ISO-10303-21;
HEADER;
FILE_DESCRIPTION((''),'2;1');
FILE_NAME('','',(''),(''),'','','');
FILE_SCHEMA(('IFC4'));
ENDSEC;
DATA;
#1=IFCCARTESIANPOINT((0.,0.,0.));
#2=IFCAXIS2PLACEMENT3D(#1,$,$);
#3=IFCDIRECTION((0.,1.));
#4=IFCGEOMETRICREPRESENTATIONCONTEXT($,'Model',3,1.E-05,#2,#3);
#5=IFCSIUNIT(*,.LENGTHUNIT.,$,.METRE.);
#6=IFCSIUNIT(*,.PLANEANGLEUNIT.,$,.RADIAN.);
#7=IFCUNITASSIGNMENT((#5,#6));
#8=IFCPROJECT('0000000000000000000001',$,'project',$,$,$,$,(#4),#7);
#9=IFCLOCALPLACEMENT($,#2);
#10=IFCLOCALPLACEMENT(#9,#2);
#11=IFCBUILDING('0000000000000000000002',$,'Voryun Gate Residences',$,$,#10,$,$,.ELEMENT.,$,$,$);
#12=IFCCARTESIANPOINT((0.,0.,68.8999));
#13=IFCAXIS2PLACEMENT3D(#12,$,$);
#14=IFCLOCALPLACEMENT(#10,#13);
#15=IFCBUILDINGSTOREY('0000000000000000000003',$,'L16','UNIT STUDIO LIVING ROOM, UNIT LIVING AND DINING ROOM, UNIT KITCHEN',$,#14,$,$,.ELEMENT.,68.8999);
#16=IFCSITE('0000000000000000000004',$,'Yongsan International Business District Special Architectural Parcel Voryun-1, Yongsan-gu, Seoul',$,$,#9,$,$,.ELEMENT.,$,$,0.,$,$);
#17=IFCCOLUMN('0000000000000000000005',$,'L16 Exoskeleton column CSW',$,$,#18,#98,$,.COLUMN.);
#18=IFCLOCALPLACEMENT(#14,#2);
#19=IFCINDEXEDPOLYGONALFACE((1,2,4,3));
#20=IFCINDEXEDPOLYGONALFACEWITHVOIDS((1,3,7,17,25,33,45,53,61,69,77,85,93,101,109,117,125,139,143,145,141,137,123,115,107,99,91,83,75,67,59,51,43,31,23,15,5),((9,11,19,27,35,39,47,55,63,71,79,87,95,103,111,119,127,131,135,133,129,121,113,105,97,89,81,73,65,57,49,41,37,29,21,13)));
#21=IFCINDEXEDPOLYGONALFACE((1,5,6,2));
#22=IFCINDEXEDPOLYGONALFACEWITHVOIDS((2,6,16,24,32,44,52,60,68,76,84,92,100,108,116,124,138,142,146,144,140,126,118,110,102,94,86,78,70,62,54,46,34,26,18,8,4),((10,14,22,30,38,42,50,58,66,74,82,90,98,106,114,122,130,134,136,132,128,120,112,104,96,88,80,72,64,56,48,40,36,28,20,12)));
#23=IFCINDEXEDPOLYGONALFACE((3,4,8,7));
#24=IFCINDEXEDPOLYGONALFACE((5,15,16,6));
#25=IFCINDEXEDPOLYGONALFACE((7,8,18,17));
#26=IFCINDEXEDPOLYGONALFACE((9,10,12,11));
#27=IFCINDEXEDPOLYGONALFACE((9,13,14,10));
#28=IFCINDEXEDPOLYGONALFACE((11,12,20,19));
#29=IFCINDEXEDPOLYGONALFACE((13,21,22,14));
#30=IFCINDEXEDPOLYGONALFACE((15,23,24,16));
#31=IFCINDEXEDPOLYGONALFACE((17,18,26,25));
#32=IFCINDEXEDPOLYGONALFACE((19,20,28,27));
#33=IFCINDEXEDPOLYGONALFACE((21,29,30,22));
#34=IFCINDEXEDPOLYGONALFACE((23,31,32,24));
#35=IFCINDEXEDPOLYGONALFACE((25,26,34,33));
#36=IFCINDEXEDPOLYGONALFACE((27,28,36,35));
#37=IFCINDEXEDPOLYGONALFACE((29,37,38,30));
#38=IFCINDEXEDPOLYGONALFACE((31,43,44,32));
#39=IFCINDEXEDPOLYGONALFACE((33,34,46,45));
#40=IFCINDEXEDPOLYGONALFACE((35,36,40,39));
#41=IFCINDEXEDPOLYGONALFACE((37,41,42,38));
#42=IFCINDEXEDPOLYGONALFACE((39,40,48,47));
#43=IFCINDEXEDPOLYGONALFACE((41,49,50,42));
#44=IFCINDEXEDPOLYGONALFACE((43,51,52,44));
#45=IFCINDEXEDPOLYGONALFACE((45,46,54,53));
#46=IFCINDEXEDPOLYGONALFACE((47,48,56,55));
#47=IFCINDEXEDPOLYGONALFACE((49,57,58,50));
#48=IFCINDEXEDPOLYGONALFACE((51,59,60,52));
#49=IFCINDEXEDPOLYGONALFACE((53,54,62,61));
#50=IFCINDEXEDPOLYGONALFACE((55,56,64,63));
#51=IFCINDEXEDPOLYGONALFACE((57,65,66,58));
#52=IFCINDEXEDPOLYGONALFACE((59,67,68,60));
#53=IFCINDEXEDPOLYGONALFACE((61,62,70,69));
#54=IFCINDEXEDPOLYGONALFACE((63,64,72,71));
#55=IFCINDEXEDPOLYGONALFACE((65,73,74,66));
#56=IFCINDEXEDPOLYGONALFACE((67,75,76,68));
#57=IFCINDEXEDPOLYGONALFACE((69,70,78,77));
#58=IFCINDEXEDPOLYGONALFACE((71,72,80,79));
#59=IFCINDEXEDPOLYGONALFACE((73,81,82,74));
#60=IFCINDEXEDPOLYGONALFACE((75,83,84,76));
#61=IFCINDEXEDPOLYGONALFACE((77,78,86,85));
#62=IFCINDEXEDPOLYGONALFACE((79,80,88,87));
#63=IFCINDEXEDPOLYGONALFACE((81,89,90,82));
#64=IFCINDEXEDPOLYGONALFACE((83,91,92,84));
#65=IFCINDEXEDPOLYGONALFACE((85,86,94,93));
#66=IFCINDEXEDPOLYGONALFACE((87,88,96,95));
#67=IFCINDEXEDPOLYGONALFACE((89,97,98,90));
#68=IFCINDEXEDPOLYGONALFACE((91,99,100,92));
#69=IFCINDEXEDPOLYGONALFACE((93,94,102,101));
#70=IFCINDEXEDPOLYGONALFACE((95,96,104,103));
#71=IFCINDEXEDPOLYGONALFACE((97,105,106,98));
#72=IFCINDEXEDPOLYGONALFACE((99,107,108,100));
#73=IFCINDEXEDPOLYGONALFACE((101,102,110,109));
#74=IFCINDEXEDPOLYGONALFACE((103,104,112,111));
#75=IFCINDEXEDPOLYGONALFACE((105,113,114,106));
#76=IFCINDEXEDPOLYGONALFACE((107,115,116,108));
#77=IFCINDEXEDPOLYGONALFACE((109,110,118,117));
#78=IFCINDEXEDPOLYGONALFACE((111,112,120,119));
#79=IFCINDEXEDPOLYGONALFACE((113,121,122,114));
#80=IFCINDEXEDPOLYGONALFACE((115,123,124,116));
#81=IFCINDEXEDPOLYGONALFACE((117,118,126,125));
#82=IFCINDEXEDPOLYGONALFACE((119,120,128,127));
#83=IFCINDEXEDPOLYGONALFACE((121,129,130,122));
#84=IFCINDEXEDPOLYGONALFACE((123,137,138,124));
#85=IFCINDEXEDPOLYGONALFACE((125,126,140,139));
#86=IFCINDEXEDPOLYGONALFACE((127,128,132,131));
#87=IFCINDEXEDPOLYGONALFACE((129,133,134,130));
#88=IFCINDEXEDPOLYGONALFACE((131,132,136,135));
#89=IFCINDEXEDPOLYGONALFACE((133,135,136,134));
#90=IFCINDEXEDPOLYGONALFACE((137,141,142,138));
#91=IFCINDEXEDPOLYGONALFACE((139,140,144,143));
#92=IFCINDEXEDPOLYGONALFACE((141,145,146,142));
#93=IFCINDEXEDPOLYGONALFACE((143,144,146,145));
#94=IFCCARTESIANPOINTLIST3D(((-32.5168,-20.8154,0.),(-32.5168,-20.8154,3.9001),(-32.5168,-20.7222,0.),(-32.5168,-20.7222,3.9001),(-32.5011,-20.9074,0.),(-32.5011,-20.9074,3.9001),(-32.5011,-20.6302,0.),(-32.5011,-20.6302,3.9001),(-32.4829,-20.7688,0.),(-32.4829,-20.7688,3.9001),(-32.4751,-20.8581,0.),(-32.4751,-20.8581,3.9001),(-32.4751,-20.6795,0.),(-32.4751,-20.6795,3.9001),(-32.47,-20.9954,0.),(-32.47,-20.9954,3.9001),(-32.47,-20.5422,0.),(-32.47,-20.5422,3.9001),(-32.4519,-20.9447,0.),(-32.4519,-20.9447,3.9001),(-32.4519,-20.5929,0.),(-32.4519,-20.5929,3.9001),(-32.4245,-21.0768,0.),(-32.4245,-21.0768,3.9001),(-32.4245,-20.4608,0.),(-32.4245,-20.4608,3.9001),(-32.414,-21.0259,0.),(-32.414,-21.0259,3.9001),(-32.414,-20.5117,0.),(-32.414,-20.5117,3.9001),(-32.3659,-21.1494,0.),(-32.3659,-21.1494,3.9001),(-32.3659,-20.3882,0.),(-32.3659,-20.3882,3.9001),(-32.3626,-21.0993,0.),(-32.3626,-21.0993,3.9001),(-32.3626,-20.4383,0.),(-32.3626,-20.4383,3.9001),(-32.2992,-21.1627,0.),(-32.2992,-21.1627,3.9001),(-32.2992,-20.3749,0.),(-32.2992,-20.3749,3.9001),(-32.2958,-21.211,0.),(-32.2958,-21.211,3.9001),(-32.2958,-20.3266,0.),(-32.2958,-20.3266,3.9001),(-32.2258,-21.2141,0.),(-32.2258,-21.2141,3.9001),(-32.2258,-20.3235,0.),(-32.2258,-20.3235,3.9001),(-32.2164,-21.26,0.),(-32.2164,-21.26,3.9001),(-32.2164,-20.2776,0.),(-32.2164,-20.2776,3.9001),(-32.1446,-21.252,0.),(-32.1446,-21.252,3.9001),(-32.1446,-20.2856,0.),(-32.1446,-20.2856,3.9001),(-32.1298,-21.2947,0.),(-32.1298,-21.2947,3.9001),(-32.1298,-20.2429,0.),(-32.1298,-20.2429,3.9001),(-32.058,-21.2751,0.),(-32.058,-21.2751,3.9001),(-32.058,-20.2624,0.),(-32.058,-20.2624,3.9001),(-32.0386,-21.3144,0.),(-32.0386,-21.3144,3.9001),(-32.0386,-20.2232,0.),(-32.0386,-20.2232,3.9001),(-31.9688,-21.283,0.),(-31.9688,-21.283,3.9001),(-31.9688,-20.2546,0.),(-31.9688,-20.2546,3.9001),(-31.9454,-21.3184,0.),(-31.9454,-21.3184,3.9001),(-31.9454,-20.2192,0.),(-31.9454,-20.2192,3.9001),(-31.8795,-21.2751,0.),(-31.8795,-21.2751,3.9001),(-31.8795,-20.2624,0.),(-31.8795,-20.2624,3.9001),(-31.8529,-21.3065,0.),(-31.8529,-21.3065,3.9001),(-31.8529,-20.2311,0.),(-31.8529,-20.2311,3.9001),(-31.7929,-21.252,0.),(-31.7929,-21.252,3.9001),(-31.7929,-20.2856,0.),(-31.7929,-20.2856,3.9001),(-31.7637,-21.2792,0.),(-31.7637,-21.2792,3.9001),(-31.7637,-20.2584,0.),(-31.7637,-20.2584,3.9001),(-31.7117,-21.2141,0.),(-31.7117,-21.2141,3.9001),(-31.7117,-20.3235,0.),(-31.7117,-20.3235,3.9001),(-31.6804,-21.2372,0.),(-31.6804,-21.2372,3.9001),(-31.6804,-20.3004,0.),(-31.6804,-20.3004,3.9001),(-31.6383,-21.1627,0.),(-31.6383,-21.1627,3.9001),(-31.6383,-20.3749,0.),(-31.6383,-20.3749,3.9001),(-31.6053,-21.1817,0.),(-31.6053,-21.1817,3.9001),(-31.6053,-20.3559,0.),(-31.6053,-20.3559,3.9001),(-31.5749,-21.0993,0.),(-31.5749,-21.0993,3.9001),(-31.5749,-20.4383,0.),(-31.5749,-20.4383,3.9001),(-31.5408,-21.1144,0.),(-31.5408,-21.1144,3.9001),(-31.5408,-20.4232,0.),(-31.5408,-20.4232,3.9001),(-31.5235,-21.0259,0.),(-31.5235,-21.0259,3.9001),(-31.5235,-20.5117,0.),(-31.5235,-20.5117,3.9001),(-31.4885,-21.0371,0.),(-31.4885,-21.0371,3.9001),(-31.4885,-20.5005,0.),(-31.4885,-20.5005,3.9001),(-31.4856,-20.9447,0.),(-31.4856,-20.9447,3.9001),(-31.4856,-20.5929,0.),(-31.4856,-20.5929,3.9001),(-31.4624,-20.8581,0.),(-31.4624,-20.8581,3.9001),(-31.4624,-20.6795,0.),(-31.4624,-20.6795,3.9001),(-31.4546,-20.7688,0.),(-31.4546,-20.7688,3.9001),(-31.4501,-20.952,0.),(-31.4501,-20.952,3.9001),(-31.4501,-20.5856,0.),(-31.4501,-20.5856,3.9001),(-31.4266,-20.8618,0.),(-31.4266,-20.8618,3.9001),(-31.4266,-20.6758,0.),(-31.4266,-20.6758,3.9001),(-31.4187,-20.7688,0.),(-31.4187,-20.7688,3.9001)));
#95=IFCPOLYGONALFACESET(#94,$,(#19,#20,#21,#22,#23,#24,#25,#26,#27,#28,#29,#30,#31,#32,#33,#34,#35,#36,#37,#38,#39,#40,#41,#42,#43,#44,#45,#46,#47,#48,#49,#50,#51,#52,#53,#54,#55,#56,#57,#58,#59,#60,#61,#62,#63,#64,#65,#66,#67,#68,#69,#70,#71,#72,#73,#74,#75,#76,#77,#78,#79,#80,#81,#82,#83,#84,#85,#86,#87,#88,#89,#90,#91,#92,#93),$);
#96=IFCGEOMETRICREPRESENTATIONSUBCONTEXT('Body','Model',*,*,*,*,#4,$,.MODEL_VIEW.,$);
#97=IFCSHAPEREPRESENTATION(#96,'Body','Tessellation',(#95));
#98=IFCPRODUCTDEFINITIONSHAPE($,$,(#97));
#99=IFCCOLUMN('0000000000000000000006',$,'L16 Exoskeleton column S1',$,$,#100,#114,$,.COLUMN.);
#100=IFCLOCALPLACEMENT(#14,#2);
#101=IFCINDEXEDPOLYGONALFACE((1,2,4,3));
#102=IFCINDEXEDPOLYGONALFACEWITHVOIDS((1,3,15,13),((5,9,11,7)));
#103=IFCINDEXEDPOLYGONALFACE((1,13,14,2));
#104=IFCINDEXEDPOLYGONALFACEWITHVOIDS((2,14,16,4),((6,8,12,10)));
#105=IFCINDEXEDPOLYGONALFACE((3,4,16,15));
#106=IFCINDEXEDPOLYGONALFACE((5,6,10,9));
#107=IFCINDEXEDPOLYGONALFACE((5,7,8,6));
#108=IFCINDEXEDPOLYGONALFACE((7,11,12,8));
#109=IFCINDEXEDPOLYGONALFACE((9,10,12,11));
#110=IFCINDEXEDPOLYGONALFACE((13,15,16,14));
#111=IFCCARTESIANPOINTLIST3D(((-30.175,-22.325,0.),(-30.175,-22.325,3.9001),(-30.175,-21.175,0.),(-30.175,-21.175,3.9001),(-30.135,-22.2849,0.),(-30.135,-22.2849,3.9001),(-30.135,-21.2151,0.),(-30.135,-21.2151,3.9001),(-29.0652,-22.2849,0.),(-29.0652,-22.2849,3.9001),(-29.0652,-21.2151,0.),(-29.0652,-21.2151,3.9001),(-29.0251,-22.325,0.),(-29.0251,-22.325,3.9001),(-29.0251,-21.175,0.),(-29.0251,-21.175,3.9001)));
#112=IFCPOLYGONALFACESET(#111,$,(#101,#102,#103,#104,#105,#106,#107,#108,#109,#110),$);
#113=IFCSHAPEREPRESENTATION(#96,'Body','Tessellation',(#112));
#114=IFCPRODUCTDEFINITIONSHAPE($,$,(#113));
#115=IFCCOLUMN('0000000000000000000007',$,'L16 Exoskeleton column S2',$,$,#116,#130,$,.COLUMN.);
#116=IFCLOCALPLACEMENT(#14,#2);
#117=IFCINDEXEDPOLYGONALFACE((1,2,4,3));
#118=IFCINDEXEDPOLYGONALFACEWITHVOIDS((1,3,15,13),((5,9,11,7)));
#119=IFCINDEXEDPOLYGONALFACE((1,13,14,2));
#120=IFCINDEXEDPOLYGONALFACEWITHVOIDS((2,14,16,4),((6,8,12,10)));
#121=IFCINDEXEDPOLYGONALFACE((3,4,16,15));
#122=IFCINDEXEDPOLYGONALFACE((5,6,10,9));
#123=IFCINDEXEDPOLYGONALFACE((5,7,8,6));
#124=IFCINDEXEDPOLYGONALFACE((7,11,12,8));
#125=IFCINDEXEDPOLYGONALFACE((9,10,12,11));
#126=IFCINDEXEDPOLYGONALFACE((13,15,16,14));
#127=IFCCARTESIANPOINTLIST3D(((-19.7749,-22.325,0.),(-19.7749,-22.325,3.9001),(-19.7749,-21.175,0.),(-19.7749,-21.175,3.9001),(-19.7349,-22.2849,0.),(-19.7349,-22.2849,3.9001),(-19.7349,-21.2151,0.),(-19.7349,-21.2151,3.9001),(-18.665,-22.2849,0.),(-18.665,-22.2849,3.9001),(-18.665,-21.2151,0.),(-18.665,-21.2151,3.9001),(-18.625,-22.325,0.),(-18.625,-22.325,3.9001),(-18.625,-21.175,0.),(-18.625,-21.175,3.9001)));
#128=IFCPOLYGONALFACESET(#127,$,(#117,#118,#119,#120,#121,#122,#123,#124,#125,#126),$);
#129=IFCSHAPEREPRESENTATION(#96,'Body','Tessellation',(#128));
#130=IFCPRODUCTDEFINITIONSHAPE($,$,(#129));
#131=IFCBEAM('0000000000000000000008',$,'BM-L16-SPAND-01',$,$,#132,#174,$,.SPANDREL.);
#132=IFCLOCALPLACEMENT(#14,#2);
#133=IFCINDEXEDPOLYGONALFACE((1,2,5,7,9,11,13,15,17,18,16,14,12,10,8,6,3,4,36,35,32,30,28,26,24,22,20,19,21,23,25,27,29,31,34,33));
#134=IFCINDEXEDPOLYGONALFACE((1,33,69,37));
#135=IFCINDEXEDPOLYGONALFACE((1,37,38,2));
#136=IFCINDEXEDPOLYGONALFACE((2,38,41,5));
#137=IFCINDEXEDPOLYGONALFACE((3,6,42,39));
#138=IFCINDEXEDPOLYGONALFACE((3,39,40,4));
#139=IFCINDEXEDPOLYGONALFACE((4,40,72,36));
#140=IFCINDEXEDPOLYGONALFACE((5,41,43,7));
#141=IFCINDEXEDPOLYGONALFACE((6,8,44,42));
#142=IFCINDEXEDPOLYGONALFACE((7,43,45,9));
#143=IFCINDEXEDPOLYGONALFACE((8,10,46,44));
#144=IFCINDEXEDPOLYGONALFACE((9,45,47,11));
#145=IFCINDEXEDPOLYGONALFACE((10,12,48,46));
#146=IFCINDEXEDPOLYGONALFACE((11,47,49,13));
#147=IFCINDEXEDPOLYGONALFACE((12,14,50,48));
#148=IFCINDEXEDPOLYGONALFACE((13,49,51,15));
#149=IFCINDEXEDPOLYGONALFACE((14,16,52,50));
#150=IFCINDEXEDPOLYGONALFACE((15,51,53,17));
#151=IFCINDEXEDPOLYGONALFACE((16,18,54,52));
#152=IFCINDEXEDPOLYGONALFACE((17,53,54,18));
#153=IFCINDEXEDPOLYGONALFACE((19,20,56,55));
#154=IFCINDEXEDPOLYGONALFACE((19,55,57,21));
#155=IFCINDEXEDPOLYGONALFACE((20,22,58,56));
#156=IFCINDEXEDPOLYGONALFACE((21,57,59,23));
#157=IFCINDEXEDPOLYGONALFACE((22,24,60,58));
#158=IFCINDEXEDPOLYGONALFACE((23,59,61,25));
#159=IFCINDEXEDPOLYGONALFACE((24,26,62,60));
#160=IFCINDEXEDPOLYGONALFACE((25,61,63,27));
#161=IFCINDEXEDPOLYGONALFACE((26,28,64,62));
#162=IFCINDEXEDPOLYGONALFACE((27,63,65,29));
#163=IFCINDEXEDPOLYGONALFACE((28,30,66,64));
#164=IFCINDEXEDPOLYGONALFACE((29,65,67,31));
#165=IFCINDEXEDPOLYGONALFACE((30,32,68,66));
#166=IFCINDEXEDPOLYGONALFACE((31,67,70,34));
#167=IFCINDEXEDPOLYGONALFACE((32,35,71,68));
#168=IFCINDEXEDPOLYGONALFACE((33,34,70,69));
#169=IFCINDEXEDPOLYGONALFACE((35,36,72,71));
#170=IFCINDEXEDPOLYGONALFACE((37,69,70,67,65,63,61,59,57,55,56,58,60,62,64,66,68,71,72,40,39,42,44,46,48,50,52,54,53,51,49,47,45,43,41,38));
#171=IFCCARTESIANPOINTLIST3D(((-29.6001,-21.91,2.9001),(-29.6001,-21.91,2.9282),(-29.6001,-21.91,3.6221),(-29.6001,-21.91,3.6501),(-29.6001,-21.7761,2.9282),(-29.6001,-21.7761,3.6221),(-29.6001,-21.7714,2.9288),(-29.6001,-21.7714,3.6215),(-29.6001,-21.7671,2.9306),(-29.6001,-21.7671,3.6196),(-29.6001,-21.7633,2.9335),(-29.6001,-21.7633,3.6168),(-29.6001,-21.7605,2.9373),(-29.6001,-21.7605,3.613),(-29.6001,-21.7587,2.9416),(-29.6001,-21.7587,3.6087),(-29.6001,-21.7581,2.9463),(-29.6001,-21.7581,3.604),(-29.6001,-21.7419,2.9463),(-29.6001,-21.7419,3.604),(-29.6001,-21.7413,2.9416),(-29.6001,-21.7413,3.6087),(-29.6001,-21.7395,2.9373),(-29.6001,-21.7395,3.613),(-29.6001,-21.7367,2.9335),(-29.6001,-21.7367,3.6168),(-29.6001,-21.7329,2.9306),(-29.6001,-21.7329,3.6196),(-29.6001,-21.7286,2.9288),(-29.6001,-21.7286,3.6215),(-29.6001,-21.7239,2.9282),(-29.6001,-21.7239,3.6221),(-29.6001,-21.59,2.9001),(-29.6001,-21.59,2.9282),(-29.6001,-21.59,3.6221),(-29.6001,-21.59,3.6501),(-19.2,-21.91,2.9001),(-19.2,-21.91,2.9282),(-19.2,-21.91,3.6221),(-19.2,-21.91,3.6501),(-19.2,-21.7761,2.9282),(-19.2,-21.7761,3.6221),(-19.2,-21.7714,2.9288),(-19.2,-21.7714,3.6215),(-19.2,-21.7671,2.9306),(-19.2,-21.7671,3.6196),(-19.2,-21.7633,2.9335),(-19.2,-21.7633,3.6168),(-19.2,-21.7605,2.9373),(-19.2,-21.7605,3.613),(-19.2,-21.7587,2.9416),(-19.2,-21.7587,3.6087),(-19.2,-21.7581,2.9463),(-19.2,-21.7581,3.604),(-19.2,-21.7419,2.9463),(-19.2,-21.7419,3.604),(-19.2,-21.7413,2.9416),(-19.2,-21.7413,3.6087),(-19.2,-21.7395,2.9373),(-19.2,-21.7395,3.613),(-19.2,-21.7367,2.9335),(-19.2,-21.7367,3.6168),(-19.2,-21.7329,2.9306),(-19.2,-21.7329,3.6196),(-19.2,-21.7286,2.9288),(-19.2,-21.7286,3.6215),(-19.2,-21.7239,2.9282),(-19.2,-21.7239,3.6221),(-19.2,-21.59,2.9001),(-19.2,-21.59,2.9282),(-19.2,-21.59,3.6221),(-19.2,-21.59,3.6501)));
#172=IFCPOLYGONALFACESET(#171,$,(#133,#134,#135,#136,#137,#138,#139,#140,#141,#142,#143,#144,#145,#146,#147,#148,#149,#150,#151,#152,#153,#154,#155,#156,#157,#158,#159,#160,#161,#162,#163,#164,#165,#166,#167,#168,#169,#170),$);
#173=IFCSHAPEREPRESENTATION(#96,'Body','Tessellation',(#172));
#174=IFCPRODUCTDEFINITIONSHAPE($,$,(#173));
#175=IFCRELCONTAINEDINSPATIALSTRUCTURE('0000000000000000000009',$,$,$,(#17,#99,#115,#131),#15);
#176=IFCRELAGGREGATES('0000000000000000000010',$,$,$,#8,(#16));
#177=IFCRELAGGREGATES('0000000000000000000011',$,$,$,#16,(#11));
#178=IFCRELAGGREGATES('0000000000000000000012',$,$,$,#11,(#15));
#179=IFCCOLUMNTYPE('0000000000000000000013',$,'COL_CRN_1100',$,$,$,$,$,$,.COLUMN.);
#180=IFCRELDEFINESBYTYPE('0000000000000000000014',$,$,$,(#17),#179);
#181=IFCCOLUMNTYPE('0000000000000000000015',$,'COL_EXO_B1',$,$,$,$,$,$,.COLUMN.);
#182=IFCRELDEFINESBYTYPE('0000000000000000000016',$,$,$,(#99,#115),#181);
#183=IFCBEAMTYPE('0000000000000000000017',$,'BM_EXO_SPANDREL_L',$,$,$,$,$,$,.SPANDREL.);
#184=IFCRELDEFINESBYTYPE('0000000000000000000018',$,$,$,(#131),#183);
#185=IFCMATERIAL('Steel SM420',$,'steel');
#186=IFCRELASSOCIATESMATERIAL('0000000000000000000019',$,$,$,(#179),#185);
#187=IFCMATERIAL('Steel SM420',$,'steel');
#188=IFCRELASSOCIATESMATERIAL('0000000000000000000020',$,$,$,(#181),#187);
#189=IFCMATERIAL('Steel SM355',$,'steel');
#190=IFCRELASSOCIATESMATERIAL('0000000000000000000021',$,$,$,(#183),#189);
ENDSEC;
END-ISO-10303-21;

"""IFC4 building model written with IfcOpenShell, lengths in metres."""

from ifc_helpers import new_model, si_unit, direction, frame, origin, origin_2d, place, context, subcontext, project, spatial, hollow_rectangle, hollow_circle, i_section, extrude, material, material_profile, profile_set, type_object, element, save


model = new_model("IFC4")

# Units and contexts
model_context = context("Model", 3, precision=1e-05, world=origin(), true_north=direction((0.0, 1.0)))
body_context = subcontext(model_context, "Body", "Model", "MODEL_VIEW")
ifc_project = project(units=[si_unit("LENGTHUNIT", "METRE"), si_unit("PLANEANGLEUNIT", "RADIAN")], contexts=[model_context])

# Site, building, storey
site_placement = place(None, origin())
site = spatial("IfcSite", under=ifc_project, at=site_placement, Name="Yongsan International Business District Special Architectural Parcel Voryun-1, Yongsan-gu, Seoul", CompositionType="ELEMENT", RefElevation=0.0)
building_placement = place(site_placement, origin())
building = spatial("IfcBuilding", under=site, at=building_placement, Name="Voryun Gate Residences", CompositionType="ELEMENT")
storey_placement = place(building_placement, frame((0.0, 0.0, 68.8999)))
storey = spatial("IfcBuildingStorey", under=building, at=storey_placement, Name="L16", Description="UNIT STUDIO LIVING ROOM, UNIT LIVING AND DINING ROOM, UNIT KITCHEN", CompositionType="ELEMENT", Elevation=68.8999)

# Columns
ifc_material_1 = material(Name="Steel SM420", Category="steel")
ifc_material_profile_1 = material_profile(ifc_material_1, hollow_circle(Radius=0.55, WallThickness=0.0359, at=origin_2d()), Name="CHS-1100x36")
ifc_profile_set_1 = profile_set([ifc_material_profile_1], Name="Steel SM420")
column_type_1 = type_object("IfcColumnType", Name="COL_CRN_1100", PredefinedType="COLUMN", material=ifc_profile_set_1)
column_placement = place(storey_placement, frame((-31.9688, -20.7688, 0.0), z_axis=(0.0, 0.0, 1.0), x_axis=(1.0, 0.0, 0.0)))
element("IfcColumn", 1, at=column_placement, inside=storey, type_object=column_type_1, Name="L16 Exoskeleton column CSW", PredefinedType="COLUMN", context=body_context, shape_type="SweptSolid", body=[
    extrude(hollow_circle(Radius=0.55, WallThickness=0.0359, at=origin_2d()), origin(), (0.0, 0.0, 1.0), 3.9001),
])
ifc_material_2 = material(Name="Steel SM420", Category="steel")
ifc_material_profile_2 = material_profile(ifc_material_2, hollow_rectangle(XDim=1.1499, YDim=1.1499, WallThickness=0.04, at=origin_2d()), Name="BOX-1150x1150x40")
ifc_profile_set_2 = profile_set([ifc_material_profile_2], Name="Steel SM420")
column_type_2 = type_object("IfcColumnType", Name="COL_EXO_B1", PredefinedType="COLUMN", material=ifc_profile_set_2)
for number, where, z_axis, x_axis, name in (
    (2, (-29.6001, -21.75, 0.0), (0.0, 0.0, 1.0), (1.0, 0.0, 0.0), "L16 Exoskeleton column S1"),
    (3, (-19.2, -21.75, 0.0), (0.0, 0.0, 1.0), (1.0, 0.0, 0.0), "L16 Exoskeleton column S2"),
):
    element("IfcColumn", number, at=place(storey_placement, frame(where, z_axis=z_axis, x_axis=x_axis)), inside=storey, type_object=column_type_2, Name=name, PredefinedType="COLUMN", context=body_context, shape_type="SweptSolid", body=[
        extrude(hollow_rectangle(XDim=1.1499, YDim=1.1499, WallThickness=0.04, at=origin_2d()), origin(), (0.0, 0.0, 1.0), 3.9001),
    ])

# Beam
ifc_material_3 = material(Name="Steel SM355", Category="steel")
ifc_material_profile_3 = material_profile(ifc_material_3, i_section(OverallWidth=0.3201, OverallDepth=0.75, WebThickness=0.0161, FlangeThickness=0.0281, FilletRadius=0.0181, at=origin_2d()), Name="H-750x320x16x28")
ifc_profile_set_3 = profile_set([ifc_material_profile_3], Name="Steel SM355")
beam_type = type_object("IfcBeamType", Name="BM_EXO_SPANDREL_L", PredefinedType="SPANDREL", material=ifc_profile_set_3)
beam_1_placement = place(storey_placement, frame((-29.6001, -21.75, 3.2751), z_axis=(1.0, 0.0, 0.0), x_axis=(0.0, 1.0, 0.0)))
element("IfcBeam", 4, at=beam_1_placement, inside=storey, type_object=beam_type, Name="BM-L16-SPAND-01", PredefinedType="SPANDREL", context=body_context, shape_type="SweptSolid", body=[
    extrude(i_section(OverallWidth=0.3201, OverallDepth=0.75, WebThickness=0.0161, FlangeThickness=0.0281, FilletRadius=0.0181, at=origin_2d()), origin(), (0.0, 0.0, 1.0), 10.4001),
])

save(model, "model.ifc")
